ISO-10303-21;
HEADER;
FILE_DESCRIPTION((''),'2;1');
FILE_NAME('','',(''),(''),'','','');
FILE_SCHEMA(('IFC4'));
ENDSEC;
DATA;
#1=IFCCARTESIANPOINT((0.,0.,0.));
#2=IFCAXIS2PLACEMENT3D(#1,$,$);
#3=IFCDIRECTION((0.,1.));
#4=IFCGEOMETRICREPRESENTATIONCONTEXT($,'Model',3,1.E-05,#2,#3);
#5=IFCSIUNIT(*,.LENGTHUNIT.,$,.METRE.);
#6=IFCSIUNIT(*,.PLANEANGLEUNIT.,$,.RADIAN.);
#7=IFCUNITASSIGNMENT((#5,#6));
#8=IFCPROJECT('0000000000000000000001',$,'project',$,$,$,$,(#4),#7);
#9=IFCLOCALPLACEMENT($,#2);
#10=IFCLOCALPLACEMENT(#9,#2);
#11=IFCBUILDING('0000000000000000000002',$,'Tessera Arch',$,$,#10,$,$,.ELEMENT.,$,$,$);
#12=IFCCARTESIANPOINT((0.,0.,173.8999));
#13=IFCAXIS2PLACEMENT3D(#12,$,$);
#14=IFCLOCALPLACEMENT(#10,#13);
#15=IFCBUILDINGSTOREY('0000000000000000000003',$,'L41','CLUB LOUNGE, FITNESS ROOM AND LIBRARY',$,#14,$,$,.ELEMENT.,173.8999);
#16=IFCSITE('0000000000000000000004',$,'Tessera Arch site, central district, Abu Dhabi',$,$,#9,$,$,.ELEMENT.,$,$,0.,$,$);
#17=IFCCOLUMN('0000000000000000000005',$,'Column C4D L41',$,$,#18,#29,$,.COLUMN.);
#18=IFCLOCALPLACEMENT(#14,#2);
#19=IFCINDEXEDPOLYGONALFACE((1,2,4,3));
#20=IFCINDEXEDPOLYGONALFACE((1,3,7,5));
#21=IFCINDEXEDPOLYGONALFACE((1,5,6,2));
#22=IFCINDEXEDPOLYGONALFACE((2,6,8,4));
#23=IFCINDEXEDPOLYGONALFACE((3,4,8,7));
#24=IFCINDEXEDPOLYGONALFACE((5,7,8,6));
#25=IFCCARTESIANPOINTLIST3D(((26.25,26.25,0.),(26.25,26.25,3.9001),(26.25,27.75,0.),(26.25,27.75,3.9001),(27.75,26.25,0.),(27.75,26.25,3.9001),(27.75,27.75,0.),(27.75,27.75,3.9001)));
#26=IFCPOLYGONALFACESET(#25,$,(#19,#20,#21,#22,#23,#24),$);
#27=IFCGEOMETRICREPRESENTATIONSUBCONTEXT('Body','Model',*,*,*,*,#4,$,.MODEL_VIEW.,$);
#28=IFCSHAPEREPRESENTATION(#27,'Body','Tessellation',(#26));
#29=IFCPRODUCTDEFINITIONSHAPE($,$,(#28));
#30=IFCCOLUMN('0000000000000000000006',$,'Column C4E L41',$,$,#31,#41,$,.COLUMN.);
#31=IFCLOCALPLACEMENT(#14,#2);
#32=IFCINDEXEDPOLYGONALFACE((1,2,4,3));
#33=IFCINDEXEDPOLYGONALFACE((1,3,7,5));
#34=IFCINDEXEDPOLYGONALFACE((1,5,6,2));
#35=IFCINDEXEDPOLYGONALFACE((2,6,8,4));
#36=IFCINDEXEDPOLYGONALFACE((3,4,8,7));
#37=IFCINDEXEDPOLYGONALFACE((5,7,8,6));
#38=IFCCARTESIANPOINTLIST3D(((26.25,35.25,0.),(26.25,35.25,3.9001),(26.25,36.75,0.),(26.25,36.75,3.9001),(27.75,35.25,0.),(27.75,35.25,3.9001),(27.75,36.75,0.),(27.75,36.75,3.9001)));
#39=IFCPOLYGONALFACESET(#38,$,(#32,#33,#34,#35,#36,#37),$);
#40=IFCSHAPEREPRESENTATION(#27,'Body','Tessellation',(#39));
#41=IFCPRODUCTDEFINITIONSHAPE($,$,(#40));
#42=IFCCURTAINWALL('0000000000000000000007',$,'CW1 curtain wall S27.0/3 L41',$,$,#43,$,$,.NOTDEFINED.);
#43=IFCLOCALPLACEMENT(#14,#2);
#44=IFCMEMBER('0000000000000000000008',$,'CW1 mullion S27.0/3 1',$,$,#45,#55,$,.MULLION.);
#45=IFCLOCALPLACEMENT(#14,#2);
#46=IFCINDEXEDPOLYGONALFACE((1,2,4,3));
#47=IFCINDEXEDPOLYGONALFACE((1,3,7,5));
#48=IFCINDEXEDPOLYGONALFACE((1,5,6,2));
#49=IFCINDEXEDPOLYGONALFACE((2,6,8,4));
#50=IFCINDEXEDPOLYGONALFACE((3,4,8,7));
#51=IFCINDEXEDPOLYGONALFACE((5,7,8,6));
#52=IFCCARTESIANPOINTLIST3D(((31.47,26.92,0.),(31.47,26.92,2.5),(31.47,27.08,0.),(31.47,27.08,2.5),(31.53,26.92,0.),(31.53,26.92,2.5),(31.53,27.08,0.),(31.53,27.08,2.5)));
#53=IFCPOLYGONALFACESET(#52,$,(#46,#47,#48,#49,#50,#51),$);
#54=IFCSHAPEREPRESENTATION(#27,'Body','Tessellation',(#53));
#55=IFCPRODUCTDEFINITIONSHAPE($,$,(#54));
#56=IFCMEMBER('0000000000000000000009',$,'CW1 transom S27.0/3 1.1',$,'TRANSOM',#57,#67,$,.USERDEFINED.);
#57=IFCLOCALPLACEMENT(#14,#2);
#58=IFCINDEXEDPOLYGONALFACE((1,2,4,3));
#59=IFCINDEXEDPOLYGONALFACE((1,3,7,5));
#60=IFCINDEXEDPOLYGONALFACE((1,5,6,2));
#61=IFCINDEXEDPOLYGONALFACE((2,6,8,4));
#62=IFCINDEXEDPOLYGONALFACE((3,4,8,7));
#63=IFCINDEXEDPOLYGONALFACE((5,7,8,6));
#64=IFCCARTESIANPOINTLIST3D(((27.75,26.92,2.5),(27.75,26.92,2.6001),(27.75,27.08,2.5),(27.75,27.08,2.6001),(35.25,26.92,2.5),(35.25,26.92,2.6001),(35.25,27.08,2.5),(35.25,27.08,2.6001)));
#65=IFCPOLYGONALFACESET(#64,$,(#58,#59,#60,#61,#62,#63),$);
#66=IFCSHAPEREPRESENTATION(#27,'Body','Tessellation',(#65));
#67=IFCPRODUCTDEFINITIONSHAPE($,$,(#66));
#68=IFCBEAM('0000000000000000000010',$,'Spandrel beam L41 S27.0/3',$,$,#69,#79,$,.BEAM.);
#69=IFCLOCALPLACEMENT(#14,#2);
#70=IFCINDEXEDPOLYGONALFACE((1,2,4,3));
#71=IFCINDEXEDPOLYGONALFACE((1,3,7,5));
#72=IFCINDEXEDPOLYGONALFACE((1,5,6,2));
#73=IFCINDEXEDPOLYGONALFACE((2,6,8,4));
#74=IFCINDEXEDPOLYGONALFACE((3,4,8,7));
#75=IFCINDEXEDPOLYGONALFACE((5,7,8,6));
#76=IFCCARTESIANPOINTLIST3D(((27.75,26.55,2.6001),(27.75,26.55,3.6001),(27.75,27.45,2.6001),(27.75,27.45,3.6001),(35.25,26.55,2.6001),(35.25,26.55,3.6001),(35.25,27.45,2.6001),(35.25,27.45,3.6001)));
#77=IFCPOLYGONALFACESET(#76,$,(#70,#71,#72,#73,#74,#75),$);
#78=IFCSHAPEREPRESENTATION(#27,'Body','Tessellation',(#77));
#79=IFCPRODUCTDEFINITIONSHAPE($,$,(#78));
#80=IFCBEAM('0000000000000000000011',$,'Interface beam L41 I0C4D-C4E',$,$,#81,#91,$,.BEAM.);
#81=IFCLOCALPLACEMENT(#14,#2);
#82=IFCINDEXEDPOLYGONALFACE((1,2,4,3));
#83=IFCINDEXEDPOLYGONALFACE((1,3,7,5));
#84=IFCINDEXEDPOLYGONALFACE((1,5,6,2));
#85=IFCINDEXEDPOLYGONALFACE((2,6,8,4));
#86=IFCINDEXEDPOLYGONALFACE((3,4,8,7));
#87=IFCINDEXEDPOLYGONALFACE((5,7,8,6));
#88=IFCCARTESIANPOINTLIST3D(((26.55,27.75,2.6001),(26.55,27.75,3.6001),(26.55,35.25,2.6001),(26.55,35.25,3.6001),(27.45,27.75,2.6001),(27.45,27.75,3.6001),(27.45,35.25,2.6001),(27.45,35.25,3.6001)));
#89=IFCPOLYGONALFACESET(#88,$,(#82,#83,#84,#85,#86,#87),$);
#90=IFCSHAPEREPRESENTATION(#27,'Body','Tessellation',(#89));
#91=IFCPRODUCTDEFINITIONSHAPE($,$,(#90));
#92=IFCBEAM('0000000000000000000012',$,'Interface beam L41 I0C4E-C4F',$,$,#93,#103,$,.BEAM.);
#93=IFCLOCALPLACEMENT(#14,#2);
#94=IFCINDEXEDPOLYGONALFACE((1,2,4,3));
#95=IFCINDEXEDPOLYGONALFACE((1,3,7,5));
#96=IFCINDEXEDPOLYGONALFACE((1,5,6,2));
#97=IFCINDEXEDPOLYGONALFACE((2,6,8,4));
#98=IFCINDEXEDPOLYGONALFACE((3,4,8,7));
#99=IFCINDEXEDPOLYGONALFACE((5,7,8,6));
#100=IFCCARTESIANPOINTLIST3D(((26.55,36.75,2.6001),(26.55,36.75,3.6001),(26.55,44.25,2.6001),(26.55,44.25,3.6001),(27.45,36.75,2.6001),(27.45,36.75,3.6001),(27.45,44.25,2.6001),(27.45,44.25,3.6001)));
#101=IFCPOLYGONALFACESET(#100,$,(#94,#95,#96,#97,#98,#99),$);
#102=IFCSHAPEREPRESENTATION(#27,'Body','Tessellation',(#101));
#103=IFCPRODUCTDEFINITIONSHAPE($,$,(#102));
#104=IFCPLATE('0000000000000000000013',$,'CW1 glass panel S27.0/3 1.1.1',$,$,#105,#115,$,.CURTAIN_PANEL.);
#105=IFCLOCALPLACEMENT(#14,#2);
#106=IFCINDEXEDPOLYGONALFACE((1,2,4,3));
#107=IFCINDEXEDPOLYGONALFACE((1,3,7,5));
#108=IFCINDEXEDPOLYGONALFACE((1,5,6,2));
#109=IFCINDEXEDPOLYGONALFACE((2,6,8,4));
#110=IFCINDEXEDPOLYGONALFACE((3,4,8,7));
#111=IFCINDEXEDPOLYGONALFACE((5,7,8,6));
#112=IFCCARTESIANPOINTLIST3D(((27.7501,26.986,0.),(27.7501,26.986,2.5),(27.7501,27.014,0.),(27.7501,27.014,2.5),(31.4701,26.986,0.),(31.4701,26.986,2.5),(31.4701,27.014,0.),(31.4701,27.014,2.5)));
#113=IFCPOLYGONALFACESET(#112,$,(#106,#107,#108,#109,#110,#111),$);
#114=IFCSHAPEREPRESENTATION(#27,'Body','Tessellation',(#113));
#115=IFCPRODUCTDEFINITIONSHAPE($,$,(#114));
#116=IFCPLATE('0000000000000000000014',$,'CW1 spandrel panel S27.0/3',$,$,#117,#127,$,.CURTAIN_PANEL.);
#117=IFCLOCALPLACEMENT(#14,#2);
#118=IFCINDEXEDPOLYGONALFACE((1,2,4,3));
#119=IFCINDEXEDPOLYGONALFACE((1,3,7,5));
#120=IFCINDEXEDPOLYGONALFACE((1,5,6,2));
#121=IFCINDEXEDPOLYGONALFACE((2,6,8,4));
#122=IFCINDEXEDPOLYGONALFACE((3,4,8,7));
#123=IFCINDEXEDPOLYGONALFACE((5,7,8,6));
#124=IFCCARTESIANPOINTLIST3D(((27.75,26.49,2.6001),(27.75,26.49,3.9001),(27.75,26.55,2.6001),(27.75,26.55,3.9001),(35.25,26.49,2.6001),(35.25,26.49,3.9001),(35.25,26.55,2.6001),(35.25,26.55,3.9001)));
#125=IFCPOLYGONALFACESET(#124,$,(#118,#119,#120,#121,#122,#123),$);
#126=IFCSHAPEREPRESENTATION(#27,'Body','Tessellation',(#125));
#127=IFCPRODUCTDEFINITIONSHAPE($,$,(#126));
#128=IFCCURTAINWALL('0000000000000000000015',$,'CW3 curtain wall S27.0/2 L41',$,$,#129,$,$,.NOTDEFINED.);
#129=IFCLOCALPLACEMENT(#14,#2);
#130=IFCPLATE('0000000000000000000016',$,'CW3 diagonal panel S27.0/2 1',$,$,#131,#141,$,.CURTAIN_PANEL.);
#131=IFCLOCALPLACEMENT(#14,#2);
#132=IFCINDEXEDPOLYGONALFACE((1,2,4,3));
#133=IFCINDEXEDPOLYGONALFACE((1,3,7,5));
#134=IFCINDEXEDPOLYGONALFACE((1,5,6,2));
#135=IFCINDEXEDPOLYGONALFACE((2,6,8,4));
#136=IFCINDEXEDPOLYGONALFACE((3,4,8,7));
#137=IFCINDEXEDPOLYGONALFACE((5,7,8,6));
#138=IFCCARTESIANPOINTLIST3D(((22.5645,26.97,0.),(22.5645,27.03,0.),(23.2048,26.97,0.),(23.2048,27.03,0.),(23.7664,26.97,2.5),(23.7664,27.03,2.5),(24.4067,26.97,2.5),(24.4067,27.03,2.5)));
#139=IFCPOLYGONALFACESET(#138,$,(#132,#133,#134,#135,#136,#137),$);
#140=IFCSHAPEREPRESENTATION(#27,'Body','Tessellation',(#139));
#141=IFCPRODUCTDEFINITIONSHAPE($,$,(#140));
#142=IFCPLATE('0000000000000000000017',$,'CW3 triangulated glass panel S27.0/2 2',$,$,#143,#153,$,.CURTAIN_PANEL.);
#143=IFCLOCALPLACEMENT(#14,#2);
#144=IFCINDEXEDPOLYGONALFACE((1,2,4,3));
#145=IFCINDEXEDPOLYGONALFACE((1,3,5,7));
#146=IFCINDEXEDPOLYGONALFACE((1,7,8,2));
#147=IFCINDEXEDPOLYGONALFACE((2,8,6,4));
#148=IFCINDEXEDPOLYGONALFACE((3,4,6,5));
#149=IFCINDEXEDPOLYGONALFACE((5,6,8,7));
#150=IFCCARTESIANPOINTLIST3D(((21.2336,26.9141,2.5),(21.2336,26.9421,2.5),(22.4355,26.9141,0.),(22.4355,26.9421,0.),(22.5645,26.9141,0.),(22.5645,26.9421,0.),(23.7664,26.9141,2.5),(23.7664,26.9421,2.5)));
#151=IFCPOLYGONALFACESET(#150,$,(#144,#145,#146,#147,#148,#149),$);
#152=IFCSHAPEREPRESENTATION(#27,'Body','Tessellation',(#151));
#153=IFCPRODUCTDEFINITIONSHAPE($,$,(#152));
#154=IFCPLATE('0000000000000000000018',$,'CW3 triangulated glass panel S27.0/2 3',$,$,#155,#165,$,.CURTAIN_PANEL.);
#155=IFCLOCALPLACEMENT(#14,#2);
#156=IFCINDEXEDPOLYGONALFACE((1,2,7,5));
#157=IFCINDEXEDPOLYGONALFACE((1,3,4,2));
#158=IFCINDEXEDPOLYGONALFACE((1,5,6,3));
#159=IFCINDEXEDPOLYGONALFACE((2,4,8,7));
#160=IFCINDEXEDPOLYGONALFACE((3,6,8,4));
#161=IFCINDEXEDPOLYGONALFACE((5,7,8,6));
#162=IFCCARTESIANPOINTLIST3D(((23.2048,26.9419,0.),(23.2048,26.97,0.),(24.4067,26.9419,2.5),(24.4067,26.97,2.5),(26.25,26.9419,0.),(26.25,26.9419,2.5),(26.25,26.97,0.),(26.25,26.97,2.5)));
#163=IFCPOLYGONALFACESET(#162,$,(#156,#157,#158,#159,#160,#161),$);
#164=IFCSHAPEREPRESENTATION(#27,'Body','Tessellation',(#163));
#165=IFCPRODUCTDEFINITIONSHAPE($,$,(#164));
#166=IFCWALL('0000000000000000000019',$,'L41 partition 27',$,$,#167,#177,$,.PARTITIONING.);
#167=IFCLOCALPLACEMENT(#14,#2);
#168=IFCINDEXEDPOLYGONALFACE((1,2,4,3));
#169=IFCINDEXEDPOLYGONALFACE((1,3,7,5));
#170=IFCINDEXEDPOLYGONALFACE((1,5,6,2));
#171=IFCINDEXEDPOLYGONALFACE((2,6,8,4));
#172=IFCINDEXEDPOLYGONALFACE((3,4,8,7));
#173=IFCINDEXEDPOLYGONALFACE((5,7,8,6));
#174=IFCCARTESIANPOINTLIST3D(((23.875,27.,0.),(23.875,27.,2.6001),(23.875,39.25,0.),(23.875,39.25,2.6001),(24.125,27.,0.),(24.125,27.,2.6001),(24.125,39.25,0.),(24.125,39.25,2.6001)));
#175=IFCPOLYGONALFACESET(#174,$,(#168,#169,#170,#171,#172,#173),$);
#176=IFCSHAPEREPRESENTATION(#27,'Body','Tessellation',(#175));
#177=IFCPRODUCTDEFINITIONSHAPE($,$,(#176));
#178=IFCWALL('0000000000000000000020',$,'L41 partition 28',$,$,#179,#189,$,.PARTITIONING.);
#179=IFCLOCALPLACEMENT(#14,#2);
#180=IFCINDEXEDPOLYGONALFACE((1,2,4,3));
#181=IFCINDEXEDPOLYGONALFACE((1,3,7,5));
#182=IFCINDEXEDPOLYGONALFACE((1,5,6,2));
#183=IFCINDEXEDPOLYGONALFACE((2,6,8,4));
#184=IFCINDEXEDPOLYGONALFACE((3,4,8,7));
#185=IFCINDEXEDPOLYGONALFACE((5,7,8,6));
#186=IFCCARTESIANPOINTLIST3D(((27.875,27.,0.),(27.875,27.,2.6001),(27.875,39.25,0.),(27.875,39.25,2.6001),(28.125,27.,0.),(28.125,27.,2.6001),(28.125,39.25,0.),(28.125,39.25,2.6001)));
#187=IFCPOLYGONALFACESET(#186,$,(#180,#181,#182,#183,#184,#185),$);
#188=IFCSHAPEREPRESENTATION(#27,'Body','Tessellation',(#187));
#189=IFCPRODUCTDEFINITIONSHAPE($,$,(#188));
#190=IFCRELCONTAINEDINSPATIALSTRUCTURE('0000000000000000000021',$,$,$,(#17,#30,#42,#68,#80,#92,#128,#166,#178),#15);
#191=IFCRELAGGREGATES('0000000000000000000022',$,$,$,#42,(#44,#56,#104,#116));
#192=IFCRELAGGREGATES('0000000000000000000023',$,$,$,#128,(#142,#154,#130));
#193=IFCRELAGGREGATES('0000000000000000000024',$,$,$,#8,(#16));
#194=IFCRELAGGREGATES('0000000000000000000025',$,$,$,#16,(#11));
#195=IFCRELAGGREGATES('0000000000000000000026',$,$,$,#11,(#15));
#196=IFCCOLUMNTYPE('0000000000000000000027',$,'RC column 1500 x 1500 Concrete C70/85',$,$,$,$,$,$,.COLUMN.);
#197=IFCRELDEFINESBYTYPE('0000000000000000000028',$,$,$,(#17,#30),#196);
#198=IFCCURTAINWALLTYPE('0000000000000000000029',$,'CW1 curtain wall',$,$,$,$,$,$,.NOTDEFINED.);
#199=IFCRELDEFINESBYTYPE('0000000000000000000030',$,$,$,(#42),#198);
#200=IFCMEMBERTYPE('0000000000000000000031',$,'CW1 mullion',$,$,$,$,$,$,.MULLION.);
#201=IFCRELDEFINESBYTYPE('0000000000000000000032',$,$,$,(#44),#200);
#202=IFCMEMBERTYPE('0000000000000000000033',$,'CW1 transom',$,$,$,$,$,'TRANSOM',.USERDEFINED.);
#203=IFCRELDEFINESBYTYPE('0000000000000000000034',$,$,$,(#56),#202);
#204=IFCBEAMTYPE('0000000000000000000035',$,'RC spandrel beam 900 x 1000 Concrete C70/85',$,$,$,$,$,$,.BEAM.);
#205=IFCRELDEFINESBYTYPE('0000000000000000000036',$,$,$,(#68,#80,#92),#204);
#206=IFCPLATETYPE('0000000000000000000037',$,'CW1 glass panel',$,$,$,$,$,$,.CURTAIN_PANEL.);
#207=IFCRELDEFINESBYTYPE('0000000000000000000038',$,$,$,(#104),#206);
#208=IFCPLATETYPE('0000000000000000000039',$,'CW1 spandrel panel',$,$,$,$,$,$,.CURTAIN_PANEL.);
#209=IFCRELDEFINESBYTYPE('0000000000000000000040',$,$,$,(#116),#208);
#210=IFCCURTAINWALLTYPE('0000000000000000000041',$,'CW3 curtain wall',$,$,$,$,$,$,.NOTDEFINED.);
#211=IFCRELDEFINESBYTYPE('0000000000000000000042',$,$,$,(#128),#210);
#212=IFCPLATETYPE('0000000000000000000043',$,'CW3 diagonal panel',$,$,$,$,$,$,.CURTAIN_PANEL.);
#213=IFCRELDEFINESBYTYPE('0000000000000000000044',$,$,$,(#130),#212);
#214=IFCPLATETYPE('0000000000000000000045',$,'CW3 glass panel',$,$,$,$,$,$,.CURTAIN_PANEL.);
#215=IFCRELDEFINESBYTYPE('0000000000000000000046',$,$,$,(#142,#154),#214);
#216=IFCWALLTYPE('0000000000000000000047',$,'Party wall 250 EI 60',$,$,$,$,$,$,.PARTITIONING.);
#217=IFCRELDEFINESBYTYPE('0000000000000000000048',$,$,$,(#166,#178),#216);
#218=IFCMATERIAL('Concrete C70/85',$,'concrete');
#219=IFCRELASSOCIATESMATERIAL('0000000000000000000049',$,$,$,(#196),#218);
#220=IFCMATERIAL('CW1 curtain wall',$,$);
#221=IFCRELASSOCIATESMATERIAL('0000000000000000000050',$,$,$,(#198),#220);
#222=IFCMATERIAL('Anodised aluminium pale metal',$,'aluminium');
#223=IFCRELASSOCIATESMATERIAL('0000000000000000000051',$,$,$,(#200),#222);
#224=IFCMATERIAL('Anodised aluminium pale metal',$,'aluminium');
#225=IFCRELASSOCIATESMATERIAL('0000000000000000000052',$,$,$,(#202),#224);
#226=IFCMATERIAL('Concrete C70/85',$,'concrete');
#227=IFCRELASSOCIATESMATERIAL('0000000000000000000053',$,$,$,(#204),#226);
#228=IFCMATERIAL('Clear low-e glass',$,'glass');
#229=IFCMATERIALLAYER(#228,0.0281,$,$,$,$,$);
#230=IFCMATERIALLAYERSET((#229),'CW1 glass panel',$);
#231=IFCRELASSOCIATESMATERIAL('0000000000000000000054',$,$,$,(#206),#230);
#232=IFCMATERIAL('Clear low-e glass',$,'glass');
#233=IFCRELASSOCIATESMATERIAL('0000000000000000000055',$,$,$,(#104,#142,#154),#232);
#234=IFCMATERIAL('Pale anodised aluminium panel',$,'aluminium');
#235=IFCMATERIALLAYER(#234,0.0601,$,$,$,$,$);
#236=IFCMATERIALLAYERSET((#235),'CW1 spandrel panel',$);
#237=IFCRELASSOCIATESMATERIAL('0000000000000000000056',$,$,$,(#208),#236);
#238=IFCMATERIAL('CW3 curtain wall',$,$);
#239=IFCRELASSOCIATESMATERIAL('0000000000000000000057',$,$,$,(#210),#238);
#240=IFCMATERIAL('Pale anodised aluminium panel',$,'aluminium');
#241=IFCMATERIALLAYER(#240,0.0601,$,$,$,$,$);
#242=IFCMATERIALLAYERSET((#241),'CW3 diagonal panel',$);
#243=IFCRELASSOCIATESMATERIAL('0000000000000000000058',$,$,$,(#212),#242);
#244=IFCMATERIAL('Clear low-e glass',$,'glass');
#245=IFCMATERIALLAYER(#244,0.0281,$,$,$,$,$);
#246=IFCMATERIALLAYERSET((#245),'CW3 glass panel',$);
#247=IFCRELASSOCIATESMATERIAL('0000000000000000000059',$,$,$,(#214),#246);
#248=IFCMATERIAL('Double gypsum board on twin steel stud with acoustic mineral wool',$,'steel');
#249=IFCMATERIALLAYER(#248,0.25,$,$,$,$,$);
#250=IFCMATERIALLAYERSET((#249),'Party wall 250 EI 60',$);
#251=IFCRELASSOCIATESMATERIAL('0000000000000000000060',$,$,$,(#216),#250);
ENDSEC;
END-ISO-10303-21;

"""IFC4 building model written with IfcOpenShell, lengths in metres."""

from ifc_helpers import new_model, si_unit, direction, frame, frame_2d, origin, origin_2d, place, context, subcontext, project, spatial, polyline, rectangle, outline, extrude, material, layer, layer_set, material_profile, profile_set, type_object, element, aggregate, save


model = new_model("IFC4")

# Units and contexts
model_context = context("Model", 3, precision=1e-05, world=origin(), true_north=direction((0.0, 1.0)))
body_context = subcontext(model_context, "Body", "Model", "MODEL_VIEW")
ifc_project = project(units=[si_unit("LENGTHUNIT", "METRE"), si_unit("PLANEANGLEUNIT", "RADIAN")], contexts=[model_context])

# Site, building, storey
site_placement = place(None, origin())
site = spatial("IfcSite", under=ifc_project, at=site_placement, Name="Tessera Arch site, central district, Abu Dhabi", CompositionType="ELEMENT", RefElevation=0.0)
building_placement = place(site_placement, origin())
building = spatial("IfcBuilding", under=site, at=building_placement, Name="Tessera Arch", CompositionType="ELEMENT")
storey_placement = place(building_placement, frame((0.0, 0.0, 173.8999)))
storey = spatial("IfcBuildingStorey", under=building, at=storey_placement, Name="L41", Description="CLUB LOUNGE, FITNESS ROOM AND LIBRARY", CompositionType="ELEMENT", Elevation=173.8999)

# Columns
ifc_material_1 = material(Name="Concrete C70/85", Category="concrete")
ifc_material_profile_1 = material_profile(ifc_material_1, rectangle(XDim=1.5, YDim=1.5, at=origin_2d()), Name="RC column 1500 x 1500 Concrete C70/85")
ifc_profile_set_1 = profile_set([ifc_material_profile_1], Name="Concrete C70/85")
column_type = type_object("IfcColumnType", Name="RC column 1500 x 1500 Concrete C70/85", PredefinedType="COLUMN", material=ifc_profile_set_1)
for number, where, z_axis, x_axis, name in (
    (1, (27.0, 27.0, 0.0), (0.0, 0.0, 1.0), (1.0, 0.0, 0.0), "Column C4D L41"),
    (2, (27.0, 36.0, 0.0), (0.0, 0.0, 1.0), (1.0, 0.0, 0.0), "Column C4E L41"),
):
    element("IfcColumn", number, at=place(storey_placement, frame(where, z_axis=z_axis, x_axis=x_axis)), inside=storey, type_object=column_type, Name=name, PredefinedType="COLUMN", context=body_context, shape_type="SweptSolid", body=[
        extrude(rectangle(XDim=1.5, YDim=1.5, at=origin_2d()), origin(), (0.0, 0.0, 1.0), 3.9001),
    ])

# Curtain wall, members
ifc_material_2 = material(Name="CW1 curtain wall")
curtain_wall_type_1 = type_object("IfcCurtainWallType", Name="CW1 curtain wall", PredefinedType="NOTDEFINED", material=ifc_material_2)
curtain_wall_1_placement = place(storey_placement, origin())
curtain_wall_1 = element("IfcCurtainWall", 3, at=curtain_wall_1_placement, inside=storey, type_object=curtain_wall_type_1, Name="CW1 curtain wall S27.0/3 L41", PredefinedType="NOTDEFINED")
ifc_material_3 = material(Name="Anodised aluminium pale metal", Category="aluminium")
ifc_material_profile_2 = material_profile(ifc_material_3, rectangle(XDim=0.1599, YDim=0.0601, at=origin_2d()), Name="AL 60x160")
ifc_profile_set_2 = profile_set([ifc_material_profile_2], Name="Anodised aluminium pale metal")
member_type_1 = type_object("IfcMemberType", Name="CW1 mullion", PredefinedType="MULLION", material=ifc_profile_set_2)
member_1_placement = place(storey_placement, frame((31.5, 27.0, 0.0), z_axis=(0.0, 0.0, 1.0), x_axis=(0.0, 1.0, 0.0)))
member_1 = element("IfcMember", 4, at=member_1_placement, type_object=member_type_1, Name="CW1 mullion S27.0/3 1", PredefinedType="MULLION", context=body_context, shape_type="SweptSolid", body=[
    extrude(rectangle(XDim=0.1599, YDim=0.0601, at=origin_2d()), origin(), (0.0, 0.0, 1.0), 2.5),
])
ifc_material_4 = material(Name="Anodised aluminium pale metal", Category="aluminium")
ifc_material_profile_3 = material_profile(ifc_material_4, rectangle(XDim=0.1599, YDim=0.1001, at=origin_2d()), Name="AL 160x100")
ifc_profile_set_3 = profile_set([ifc_material_profile_3], Name="Anodised aluminium pale metal")
member_type_2 = type_object("IfcMemberType", Name="CW1 transom", ElementType="TRANSOM", PredefinedType="USERDEFINED", material=ifc_profile_set_3)
member_2_placement = place(storey_placement, frame((27.75, 27.0, 2.55), z_axis=(1.0, 0.0, 0.0), x_axis=(0.0, 1.0, 0.0)))
member_2 = element("IfcMember", 5, at=member_2_placement, type_object=member_type_2, Name="CW1 transom S27.0/3 1.1", ObjectType="TRANSOM", PredefinedType="USERDEFINED", context=body_context, shape_type="SweptSolid", body=[
    extrude(rectangle(XDim=0.1599, YDim=0.1001, at=origin_2d()), origin(), (0.0, 0.0, 1.0), 7.5),
])

# Beams
ifc_material_5 = material(Name="Concrete C70/85", Category="concrete")
ifc_material_profile_4 = material_profile(ifc_material_5, rectangle(XDim=0.8999, YDim=1.0, at=origin_2d()), Name="RC spandrel beam 900 x 1000 Concrete C70/85")
ifc_profile_set_4 = profile_set([ifc_material_profile_4], Name="Concrete C70/85")
beam_type = type_object("IfcBeamType", Name="RC spandrel beam 900 x 1000 Concrete C70/85", PredefinedType="BEAM", material=ifc_profile_set_4)
for number, where, z_axis, x_axis, name in (
    (6, (27.75, 27.0, 3.1001), (1.0, 0.0, 0.0), (0.0, 1.0, 0.0), "Spandrel beam L41 S27.0/3"),
    (7, (27.0, 27.75, 3.1001), (0.0, 1.0, 0.0), (-1.0, 0.0, 0.0), "Interface beam L41 I0C4D-C4E"),
    (8, (27.0, 36.75, 3.1001), (0.0, 1.0, 0.0), (-1.0, 0.0, 0.0), "Interface beam L41 I0C4E-C4F"),
):
    element("IfcBeam", number, at=place(storey_placement, frame(where, z_axis=z_axis, x_axis=x_axis)), inside=storey, type_object=beam_type, Name=name, PredefinedType="BEAM", context=body_context, shape_type="SweptSolid", body=[
        extrude(rectangle(XDim=0.8999, YDim=1.0, at=origin_2d()), origin(), (0.0, 0.0, 1.0), 7.5),
    ])

# Plates
ifc_material_6 = material(Name="Clear low-e glass", Category="glass")
ifc_material_7 = material(Name="Clear low-e glass", Category="glass")
ifc_layer_1 = layer(ifc_material_7, 0.0281)
ifc_layer_set_1 = layer_set([ifc_layer_1], Name="CW1 glass panel")
plate_type_1 = type_object("IfcPlateType", Name="CW1 glass panel", PredefinedType="CURTAIN_PANEL", material=ifc_layer_set_1)
plate_1_placement = place(storey_placement, frame((29.6101, 27.0, 0.0), z_axis=(0.0, 0.0, 1.0), x_axis=(1.0, 0.0, 0.0)))
plate_1 = element("IfcPlate", 9, at=plate_1_placement, type_object=plate_type_1, material=ifc_material_6, Name="CW1 glass panel S27.0/3 1.1.1", PredefinedType="CURTAIN_PANEL", context=body_context, shape_type="SweptSolid", body=[
    extrude(rectangle(XDim=3.72, YDim=0.0281, at=origin_2d()), origin(), (0.0, 0.0, 1.0), 2.5),
])
ifc_material_8 = material(Name="Pale anodised aluminium panel", Category="aluminium")
ifc_layer_2 = layer(ifc_material_8, 0.0601)
ifc_layer_set_2 = layer_set([ifc_layer_2], Name="CW1 spandrel panel")
plate_type_2 = type_object("IfcPlateType", Name="CW1 spandrel panel", PredefinedType="CURTAIN_PANEL", material=ifc_layer_set_2)
plate_2_placement = place(storey_placement, frame((31.5, 26.52, 2.6001), z_axis=(0.0, 0.0, 1.0), x_axis=(1.0, 0.0, 0.0)))
plate_2 = element("IfcPlate", 10, at=plate_2_placement, type_object=plate_type_2, Name="CW1 spandrel panel S27.0/3", PredefinedType="CURTAIN_PANEL", context=body_context, shape_type="SweptSolid", body=[
    extrude(rectangle(XDim=7.5, YDim=0.0601, at=origin_2d()), origin(), (0.0, 0.0, 1.0), 1.3),
])
aggregate(curtain_wall_1, [member_1, member_2, plate_1, plate_2])

# Curtain wall, plates
ifc_material_9 = material(Name="CW3 curtain wall")
curtain_wall_type_2 = type_object("IfcCurtainWallType", Name="CW3 curtain wall", PredefinedType="NOTDEFINED", material=ifc_material_9)
curtain_wall_2_placement = place(storey_placement, origin())
curtain_wall_2 = element("IfcCurtainWall", 11, at=curtain_wall_2_placement, inside=storey, type_object=curtain_wall_type_2, Name="CW3 curtain wall S27.0/2 L41", PredefinedType="NOTDEFINED")
ifc_material_10 = material(Name="Pale anodised aluminium panel", Category="aluminium")
ifc_layer_3 = layer(ifc_material_10, 0.0601)
ifc_layer_set_3 = layer_set([ifc_layer_3], Name="CW3 diagonal panel")
plate_type_3 = type_object("IfcPlateType", Name="CW3 diagonal panel", PredefinedType="CURTAIN_PANEL", material=ifc_layer_set_3)
plate_3_placement = place(storey_placement, frame((24.4067, 26.97, 2.5), z_axis=(0.0, -1.0, 0.0), x_axis=(-1.0, 0.0, 0.0)))
plate_3 = element("IfcPlate", 12, at=plate_3_placement, type_object=plate_type_3, Name="CW3 diagonal panel S27.0/2 1", PredefinedType="CURTAIN_PANEL", context=body_context, shape_type="SweptSolid", body=[
    extrude(outline(polyline([(0.0, 0.0), (0.6404, 0.0), (1.8423, 2.5), (1.2019, 2.5), (0.0, 0.0)])), origin(), (0.0, 0.0, -1.0), 0.0601),
])
ifc_material_11 = material(Name="Clear low-e glass", Category="glass")
ifc_layer_4 = layer(ifc_material_11, 0.0281)
ifc_layer_set_4 = layer_set([ifc_layer_4], Name="CW3 glass panel")
plate_type_4 = type_object("IfcPlateType", Name="CW3 glass panel", PredefinedType="CURTAIN_PANEL", material=ifc_layer_set_4)
plate_4_placement = place(storey_placement, frame((23.7664, 26.9141, 2.5), z_axis=(0.0, -1.0, 0.0), x_axis=(-1.0, 0.0, 0.0)))
plate_4 = element("IfcPlate", 13, at=plate_4_placement, type_object=plate_type_4, material=ifc_material_6, Name="CW3 triangulated glass panel S27.0/2 2", PredefinedType="CURTAIN_PANEL", context=body_context, shape_type="SweptSolid", body=[
    extrude(outline(polyline([(0.0, 0.0), (2.5327, 0.0), (1.3308, 2.5), (1.2019, 2.5), (0.0, 0.0)])), origin(), (0.0, 0.0, -1.0), 0.0281),
])
plate_5_placement = place(storey_placement, frame((26.25, 26.9419, 2.5), z_axis=(0.0, -1.0, 0.0), x_axis=(-1.0, 0.0, 0.0)))
plate_5 = element("IfcPlate", 14, at=plate_5_placement, type_object=plate_type_4, material=ifc_material_6, Name="CW3 triangulated glass panel S27.0/2 3", PredefinedType="CURTAIN_PANEL", context=body_context, shape_type="SweptSolid", body=[
    extrude(outline(polyline([(0.0, 0.0), (1.8433, 0.0), (3.0452, 2.5), (0.0, 2.5), (0.0, 0.0)])), origin(), (0.0, 0.0, -1.0), 0.0281),
])
aggregate(curtain_wall_2, [plate_4, plate_5, plate_3])

# Walls
ifc_material_12 = material(Name="Double gypsum board on twin steel stud with acoustic mineral wool", Category="steel")
ifc_layer_5 = layer(ifc_material_12, 0.25)
ifc_layer_set_5 = layer_set([ifc_layer_5], Name="Party wall 250 EI 60")
wall_type_1 = type_object("IfcWallType", Name="Party wall 250 EI 60", PredefinedType="PARTITIONING", material=ifc_layer_set_5)
for number, where, z_axis, x_axis, name in (
    (15, (24.0, 27.0, 0.0), (0.0, 0.0, 1.0), (0.0, 1.0, 0.0), "L41 partition 27"),
    (16, (28.0, 27.0, 0.0), (0.0, 0.0, 1.0), (0.0, 1.0, 0.0), "L41 partition 28"),
):
    element("IfcWall", number, at=place(storey_placement, frame(where, z_axis=z_axis, x_axis=x_axis)), inside=storey, type_object=wall_type_1, Name=name, PredefinedType="PARTITIONING", context=body_context, shape_type="SweptSolid", body=[
        extrude(rectangle(XDim=12.25, YDim=0.25, at=frame_2d((6.125, 0.0))), origin(), (0.0, 0.0, 1.0), 2.6001),
    ])

save(model, "model.ifc")
